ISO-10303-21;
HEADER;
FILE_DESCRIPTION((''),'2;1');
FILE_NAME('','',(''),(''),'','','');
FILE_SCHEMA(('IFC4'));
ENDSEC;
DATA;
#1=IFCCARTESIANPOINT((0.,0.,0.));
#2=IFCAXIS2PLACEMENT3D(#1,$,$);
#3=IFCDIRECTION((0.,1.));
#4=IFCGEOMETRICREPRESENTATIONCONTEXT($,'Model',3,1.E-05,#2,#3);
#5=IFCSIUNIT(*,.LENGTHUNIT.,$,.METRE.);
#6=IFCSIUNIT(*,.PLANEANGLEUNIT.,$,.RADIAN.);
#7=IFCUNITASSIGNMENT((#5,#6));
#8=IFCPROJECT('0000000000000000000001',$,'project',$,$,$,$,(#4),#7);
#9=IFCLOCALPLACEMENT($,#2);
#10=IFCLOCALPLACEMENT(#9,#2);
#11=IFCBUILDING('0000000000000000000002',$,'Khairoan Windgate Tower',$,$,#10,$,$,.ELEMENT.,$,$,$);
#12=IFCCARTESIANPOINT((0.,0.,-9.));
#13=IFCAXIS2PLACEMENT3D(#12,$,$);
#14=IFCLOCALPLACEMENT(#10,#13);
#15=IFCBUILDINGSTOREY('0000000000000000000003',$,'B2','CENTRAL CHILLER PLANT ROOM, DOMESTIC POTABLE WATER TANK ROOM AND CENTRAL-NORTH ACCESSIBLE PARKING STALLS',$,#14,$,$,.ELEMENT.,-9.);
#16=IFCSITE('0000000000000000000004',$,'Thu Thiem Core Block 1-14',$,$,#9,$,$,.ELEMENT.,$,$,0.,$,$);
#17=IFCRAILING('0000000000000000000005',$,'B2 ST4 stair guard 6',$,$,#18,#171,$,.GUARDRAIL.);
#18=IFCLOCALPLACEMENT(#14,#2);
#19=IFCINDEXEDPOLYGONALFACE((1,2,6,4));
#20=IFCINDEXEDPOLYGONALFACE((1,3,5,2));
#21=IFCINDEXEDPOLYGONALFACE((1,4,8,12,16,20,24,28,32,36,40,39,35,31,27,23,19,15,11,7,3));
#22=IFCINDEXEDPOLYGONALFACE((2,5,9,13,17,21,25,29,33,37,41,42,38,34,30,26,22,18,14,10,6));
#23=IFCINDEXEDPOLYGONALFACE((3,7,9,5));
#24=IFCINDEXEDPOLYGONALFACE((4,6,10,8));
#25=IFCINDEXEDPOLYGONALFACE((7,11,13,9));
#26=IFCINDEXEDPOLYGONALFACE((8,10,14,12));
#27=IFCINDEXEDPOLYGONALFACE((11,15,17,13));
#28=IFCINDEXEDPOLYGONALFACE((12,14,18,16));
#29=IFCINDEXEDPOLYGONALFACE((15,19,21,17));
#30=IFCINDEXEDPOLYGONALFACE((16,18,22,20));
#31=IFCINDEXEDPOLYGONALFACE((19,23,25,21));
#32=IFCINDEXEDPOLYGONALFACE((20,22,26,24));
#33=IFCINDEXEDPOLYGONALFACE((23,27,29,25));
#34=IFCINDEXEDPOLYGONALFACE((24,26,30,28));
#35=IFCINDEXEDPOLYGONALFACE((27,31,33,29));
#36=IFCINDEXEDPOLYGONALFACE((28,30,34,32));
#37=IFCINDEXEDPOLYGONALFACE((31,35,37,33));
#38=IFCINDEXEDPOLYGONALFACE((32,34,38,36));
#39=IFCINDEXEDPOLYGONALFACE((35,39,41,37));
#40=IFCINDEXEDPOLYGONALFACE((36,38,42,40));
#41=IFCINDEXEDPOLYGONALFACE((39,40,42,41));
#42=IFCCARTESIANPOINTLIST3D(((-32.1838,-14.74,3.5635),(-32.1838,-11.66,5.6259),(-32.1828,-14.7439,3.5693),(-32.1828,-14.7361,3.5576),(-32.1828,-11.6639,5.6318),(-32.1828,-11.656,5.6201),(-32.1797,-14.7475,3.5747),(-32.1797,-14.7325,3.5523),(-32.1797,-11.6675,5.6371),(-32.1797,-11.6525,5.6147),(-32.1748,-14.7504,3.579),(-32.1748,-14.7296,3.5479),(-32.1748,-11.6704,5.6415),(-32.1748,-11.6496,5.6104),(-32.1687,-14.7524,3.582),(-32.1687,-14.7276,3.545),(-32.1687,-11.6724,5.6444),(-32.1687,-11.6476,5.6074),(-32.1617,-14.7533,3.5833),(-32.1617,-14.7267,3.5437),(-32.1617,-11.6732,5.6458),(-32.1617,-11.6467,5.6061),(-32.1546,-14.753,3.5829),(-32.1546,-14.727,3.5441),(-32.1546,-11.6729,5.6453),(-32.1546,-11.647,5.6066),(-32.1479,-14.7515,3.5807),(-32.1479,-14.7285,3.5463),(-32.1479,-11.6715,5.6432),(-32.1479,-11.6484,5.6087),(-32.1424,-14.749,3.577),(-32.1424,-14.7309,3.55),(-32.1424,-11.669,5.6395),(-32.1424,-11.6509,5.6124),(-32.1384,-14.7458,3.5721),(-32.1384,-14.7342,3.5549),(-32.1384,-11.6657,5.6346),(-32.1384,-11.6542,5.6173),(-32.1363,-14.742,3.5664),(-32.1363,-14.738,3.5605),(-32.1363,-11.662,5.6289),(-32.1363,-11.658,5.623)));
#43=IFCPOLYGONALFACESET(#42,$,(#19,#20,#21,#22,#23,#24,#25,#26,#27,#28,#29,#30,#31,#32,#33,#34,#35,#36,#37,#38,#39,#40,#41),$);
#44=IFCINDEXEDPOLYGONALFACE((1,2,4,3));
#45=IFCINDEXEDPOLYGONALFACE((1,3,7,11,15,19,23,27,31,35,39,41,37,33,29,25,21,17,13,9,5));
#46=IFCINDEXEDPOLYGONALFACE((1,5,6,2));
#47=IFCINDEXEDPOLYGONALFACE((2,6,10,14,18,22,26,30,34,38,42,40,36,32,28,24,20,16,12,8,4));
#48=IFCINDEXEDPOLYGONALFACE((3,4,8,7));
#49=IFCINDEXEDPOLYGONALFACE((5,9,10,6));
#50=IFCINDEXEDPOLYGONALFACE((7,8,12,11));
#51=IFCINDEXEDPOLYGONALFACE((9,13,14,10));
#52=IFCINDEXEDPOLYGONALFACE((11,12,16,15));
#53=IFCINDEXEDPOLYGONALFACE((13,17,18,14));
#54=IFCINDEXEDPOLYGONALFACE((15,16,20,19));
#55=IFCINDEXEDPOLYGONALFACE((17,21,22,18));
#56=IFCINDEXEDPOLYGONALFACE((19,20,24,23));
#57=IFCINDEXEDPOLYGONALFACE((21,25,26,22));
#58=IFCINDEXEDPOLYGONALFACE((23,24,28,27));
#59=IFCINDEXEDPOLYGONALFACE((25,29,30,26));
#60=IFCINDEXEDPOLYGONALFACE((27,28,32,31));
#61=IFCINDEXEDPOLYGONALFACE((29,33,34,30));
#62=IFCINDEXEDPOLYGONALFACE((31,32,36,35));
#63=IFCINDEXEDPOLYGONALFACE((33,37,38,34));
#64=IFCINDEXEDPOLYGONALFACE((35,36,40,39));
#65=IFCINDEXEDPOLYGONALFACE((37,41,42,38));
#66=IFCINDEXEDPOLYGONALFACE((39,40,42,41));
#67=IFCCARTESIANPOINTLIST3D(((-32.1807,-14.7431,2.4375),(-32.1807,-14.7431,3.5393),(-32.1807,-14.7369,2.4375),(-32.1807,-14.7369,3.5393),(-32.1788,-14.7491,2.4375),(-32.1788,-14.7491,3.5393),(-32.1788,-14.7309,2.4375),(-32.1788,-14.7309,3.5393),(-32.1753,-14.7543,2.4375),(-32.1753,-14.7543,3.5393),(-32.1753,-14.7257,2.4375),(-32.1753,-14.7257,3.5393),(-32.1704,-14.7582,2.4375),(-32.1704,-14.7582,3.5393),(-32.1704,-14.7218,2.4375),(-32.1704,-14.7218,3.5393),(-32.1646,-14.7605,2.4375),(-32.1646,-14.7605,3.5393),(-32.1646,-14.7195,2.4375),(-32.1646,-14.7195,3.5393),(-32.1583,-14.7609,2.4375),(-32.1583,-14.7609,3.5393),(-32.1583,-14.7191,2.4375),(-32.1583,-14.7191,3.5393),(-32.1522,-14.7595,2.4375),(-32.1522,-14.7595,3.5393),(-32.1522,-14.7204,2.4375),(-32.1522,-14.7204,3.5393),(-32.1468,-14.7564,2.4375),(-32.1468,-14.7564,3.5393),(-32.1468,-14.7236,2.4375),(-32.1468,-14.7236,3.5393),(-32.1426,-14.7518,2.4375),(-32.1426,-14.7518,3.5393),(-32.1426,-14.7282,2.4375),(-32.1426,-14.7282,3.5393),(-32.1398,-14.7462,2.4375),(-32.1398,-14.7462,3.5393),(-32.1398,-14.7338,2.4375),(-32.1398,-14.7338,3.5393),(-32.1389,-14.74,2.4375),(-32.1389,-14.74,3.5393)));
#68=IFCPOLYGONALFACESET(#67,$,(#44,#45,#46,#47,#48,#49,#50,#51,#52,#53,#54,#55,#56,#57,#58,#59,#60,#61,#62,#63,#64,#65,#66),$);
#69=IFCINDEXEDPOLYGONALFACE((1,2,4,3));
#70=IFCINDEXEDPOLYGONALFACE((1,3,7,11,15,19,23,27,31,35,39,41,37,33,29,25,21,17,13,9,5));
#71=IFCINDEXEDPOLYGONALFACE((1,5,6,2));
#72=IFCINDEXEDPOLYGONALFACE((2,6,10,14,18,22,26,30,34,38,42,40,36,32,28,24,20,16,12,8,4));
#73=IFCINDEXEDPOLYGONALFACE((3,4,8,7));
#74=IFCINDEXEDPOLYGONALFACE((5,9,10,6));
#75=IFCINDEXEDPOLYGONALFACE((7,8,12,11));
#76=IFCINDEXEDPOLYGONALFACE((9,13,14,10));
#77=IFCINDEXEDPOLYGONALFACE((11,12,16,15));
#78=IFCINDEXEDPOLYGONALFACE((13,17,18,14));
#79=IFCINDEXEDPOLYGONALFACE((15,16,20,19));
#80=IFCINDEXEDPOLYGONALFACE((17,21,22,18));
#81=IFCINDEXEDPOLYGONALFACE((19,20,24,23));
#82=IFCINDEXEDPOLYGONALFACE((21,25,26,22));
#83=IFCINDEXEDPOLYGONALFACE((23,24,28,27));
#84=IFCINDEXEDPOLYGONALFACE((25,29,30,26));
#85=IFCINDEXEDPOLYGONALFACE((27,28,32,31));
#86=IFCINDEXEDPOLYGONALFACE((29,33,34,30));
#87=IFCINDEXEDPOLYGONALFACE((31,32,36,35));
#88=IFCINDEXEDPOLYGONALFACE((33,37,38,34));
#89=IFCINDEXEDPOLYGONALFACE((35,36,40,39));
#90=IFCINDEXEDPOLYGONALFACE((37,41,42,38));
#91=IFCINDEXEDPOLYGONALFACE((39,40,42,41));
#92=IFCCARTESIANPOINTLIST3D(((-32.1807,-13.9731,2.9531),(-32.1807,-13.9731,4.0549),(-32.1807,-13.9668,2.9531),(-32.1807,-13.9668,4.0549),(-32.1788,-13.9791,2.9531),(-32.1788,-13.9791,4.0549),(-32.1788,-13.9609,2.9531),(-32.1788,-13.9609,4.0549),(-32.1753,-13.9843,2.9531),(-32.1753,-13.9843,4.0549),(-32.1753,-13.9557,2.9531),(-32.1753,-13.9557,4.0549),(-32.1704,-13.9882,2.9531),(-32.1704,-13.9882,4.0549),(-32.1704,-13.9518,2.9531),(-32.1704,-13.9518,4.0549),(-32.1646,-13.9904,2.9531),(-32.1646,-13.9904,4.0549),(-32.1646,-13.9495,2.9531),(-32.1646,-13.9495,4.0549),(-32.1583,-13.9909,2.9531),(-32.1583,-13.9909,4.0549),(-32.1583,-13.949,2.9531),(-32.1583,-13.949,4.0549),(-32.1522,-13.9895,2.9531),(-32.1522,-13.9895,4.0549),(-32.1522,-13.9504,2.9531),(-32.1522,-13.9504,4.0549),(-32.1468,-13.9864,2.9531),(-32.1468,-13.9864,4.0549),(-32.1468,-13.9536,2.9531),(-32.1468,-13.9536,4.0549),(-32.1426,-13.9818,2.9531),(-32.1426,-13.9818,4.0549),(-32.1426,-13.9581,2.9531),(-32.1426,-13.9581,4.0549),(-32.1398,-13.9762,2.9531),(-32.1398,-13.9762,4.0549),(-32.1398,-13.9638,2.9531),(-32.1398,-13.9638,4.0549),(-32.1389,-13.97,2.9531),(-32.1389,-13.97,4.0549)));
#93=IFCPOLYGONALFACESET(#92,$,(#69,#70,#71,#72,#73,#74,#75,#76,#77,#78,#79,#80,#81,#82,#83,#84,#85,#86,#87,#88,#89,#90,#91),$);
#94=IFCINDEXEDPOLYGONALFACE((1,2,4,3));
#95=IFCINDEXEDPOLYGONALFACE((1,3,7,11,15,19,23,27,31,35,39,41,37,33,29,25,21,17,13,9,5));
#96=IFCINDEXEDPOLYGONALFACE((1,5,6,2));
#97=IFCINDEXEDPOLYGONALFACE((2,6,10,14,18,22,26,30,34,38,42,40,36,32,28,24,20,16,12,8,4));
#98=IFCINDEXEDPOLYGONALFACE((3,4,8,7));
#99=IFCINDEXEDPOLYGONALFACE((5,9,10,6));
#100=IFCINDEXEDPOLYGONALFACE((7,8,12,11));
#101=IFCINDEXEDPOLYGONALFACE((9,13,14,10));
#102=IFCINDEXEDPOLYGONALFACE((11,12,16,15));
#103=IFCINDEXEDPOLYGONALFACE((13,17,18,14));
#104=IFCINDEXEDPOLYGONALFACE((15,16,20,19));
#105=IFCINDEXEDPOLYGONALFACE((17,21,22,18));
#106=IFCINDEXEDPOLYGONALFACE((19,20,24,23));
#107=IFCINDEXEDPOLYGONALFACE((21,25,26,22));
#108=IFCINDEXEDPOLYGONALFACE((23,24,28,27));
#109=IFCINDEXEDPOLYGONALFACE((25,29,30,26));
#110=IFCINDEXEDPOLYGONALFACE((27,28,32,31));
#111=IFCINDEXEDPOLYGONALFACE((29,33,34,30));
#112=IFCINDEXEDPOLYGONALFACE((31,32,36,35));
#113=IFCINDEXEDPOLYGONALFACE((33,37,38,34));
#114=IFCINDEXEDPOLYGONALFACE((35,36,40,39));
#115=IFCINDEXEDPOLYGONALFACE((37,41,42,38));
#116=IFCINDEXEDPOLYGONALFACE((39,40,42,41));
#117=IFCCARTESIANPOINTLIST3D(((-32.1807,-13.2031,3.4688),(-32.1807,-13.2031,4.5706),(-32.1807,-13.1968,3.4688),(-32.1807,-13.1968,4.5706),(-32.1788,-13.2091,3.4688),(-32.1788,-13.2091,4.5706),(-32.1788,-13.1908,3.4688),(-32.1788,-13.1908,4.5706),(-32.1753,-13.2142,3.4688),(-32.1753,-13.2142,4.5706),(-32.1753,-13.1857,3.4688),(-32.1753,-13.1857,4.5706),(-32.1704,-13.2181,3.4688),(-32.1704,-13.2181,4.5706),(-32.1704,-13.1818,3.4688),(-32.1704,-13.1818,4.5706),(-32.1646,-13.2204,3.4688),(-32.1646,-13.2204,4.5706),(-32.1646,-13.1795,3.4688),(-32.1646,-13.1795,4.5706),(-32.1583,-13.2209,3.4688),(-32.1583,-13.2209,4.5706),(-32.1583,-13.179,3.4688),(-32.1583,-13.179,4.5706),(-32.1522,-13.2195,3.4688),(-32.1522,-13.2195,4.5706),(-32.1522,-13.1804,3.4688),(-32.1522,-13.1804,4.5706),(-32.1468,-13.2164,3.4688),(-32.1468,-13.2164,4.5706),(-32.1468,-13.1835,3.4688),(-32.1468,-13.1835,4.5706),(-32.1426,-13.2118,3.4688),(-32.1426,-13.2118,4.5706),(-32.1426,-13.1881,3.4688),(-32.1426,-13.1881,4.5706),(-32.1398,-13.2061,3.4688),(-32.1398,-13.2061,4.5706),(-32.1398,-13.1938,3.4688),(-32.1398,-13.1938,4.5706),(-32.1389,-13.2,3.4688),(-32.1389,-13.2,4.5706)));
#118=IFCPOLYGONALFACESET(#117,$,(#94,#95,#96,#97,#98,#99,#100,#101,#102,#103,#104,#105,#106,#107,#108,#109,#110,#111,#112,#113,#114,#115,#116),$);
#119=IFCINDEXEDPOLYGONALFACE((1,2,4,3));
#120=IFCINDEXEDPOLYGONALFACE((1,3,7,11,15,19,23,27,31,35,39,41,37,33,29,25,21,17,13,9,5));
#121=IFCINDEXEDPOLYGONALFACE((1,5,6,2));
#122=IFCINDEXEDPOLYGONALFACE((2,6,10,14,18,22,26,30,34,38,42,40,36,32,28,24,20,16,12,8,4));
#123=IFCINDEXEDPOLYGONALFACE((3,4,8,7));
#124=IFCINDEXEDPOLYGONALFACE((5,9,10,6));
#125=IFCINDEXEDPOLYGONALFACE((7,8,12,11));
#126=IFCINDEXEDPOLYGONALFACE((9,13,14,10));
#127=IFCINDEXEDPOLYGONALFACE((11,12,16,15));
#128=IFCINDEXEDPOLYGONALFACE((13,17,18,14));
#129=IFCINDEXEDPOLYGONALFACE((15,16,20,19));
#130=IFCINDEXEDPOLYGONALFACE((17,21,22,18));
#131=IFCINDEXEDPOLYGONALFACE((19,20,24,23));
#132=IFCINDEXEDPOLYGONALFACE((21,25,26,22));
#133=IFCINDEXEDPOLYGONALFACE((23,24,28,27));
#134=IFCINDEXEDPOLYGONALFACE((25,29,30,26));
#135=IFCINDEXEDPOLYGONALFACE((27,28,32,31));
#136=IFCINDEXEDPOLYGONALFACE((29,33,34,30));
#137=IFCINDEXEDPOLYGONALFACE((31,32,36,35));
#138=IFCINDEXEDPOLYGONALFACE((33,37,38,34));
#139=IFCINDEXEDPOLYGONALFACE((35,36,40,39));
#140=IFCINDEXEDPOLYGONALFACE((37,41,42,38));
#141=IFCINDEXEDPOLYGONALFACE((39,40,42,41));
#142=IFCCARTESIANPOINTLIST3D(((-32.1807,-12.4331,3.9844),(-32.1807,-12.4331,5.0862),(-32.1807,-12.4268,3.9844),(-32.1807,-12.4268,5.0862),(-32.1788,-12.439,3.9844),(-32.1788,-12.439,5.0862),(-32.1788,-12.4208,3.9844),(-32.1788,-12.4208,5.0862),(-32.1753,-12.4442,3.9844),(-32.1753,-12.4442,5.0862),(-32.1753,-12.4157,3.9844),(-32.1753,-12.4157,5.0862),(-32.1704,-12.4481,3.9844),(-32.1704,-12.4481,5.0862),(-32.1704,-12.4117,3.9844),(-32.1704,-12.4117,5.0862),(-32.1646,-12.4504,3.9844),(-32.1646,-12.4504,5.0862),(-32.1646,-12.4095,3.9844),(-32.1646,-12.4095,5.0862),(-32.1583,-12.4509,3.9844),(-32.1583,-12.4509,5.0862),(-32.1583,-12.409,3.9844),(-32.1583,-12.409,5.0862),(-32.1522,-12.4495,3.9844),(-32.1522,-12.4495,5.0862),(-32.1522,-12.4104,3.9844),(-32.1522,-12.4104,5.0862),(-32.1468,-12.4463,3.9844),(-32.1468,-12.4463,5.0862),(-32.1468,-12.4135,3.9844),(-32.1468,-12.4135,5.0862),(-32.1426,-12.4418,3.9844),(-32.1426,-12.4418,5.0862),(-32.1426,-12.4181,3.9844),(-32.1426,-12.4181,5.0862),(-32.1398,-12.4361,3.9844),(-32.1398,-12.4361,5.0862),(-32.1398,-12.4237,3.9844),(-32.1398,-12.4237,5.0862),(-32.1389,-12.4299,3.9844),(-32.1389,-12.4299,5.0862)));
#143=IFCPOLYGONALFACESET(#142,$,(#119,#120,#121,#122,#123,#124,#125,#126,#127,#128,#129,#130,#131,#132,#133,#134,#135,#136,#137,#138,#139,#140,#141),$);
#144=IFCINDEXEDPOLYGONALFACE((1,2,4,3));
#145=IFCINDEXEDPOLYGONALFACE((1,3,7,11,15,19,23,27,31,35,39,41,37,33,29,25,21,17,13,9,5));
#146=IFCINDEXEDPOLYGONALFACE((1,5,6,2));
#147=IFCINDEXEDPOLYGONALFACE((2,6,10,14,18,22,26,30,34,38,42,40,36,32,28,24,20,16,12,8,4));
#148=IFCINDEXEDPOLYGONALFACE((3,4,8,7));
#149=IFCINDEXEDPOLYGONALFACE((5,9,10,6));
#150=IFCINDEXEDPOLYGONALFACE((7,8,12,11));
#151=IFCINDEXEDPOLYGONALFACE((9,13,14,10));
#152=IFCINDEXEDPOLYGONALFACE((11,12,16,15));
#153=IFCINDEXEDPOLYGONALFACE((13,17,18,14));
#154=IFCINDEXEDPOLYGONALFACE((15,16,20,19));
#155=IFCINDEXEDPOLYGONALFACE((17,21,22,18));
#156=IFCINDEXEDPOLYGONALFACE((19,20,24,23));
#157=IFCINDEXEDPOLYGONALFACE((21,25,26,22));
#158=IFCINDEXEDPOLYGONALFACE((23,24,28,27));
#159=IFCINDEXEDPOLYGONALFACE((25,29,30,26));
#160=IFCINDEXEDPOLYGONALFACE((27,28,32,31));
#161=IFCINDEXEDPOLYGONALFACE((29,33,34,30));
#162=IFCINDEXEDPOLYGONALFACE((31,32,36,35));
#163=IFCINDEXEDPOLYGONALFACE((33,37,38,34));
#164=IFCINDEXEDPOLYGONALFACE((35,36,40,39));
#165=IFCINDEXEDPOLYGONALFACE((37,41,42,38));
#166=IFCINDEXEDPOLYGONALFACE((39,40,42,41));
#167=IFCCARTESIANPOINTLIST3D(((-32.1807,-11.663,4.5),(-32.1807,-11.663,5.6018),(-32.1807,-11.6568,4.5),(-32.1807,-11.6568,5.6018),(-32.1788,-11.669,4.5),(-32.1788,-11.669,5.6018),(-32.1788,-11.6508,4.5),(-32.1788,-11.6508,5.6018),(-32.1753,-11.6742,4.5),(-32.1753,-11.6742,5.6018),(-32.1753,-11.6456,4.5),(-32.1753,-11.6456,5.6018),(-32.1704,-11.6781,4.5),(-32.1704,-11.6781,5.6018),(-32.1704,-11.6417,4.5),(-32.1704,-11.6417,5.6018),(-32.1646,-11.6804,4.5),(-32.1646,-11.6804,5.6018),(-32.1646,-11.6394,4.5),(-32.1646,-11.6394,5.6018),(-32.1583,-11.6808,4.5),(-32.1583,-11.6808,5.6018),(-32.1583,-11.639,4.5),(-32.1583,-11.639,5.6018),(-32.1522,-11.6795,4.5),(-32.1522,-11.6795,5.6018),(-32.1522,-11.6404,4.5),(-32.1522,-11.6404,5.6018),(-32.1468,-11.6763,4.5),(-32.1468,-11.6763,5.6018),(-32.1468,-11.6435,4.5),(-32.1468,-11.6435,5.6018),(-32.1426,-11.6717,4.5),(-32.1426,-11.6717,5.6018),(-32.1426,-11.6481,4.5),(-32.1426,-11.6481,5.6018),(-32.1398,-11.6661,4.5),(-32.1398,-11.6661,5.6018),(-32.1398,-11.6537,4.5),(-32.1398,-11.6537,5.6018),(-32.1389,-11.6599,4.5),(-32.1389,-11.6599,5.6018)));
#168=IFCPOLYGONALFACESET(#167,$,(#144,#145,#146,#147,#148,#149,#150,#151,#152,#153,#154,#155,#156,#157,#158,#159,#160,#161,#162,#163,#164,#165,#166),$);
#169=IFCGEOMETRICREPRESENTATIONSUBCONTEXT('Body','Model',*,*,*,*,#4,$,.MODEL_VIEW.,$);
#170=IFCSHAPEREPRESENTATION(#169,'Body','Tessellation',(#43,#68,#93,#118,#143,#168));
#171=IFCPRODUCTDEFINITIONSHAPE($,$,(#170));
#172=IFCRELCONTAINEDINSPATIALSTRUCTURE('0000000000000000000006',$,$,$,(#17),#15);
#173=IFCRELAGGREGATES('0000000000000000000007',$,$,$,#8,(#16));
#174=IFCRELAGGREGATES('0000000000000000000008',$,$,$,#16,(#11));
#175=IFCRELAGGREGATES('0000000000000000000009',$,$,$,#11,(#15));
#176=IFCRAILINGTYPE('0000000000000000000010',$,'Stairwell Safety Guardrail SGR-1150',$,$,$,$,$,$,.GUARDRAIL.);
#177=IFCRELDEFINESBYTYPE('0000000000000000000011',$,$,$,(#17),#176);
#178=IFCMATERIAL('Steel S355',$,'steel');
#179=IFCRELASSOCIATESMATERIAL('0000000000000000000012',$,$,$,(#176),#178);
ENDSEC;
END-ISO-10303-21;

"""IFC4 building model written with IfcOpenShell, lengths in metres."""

from ifc_helpers import new_model, si_unit, direction, frame, origin, origin_2d, place, context, subcontext, project, spatial, circle, extrude, material, type_object, element, save


model = new_model("IFC4")

# Units and contexts
model_context = context("Model", 3, precision=1e-05, world=origin(), true_north=direction((0.0, 1.0)))
body_context = subcontext(model_context, "Body", "Model", "MODEL_VIEW")
ifc_project = project(units=[si_unit("LENGTHUNIT", "METRE"), si_unit("PLANEANGLEUNIT", "RADIAN")], contexts=[model_context])

# Site, building, storey
site_placement = place(None, origin())
site = spatial("IfcSite", under=ifc_project, at=site_placement, Name="Thu Thiem Core Block 1-14", CompositionType="ELEMENT", RefElevation=0.0)
building_placement = place(site_placement, origin())
building = spatial("IfcBuilding", under=site, at=building_placement, Name="Khairoan Windgate Tower", CompositionType="ELEMENT")
storey_placement = place(building_placement, frame((0.0, 0.0, -9.0)))
storey = spatial("IfcBuildingStorey", under=building, at=storey_placement, Name="B2", Description="CENTRAL CHILLER PLANT ROOM, DOMESTIC POTABLE WATER TANK ROOM AND CENTRAL-NORTH ACCESSIBLE PARKING STALLS", CompositionType="ELEMENT", Elevation=-9.0)

# Railing
ifc_material_1 = material(Name="Steel S355", Category="steel")
railing_type_1 = type_object("IfcRailingType", Name="Stairwell Safety Guardrail SGR-1150", PredefinedType="GUARDRAIL", material=ifc_material_1)
railing_1_placement = place(storey_placement, frame((-32.1599, -14.74, 2.4375)))
element("IfcRailing", 1, at=railing_1_placement, inside=storey, type_object=railing_type_1, Name="B2 ST4 stair guard 6", PredefinedType="GUARDRAIL", context=body_context, shape_type="SweptSolid", body=[
    extrude(circle(Radius=0.0239, at=origin_2d()), frame((0.0, 0.0, 1.126), z_axis=(0.0, 0.830914, 0.556401), x_axis=(-1.0, 0.0, 0.0)), (0.0, 0.0, 1.0), 3.7068),
    extrude(circle(Radius=0.021, at=origin_2d()), origin(), (0.0, 0.0, 1.0), 1.1018),
    extrude(circle(Radius=0.021, at=origin_2d()), frame((0.0, 0.77, 0.5156)), (0.0, 0.0, 1.0), 1.1018),
    extrude(circle(Radius=0.021, at=origin_2d()), frame((0.0, 1.54, 1.0312)), (0.0, 0.0, 1.0), 1.1018),
    extrude(circle(Radius=0.021, at=origin_2d()), frame((0.0, 2.3101, 1.5469)), (0.0, 0.0, 1.0), 1.1018),
    extrude(circle(Radius=0.021, at=origin_2d()), frame((0.0, 3.0801, 2.0625)), (0.0, 0.0, 1.0), 1.1018),
])

save(model, "model.ifc")
